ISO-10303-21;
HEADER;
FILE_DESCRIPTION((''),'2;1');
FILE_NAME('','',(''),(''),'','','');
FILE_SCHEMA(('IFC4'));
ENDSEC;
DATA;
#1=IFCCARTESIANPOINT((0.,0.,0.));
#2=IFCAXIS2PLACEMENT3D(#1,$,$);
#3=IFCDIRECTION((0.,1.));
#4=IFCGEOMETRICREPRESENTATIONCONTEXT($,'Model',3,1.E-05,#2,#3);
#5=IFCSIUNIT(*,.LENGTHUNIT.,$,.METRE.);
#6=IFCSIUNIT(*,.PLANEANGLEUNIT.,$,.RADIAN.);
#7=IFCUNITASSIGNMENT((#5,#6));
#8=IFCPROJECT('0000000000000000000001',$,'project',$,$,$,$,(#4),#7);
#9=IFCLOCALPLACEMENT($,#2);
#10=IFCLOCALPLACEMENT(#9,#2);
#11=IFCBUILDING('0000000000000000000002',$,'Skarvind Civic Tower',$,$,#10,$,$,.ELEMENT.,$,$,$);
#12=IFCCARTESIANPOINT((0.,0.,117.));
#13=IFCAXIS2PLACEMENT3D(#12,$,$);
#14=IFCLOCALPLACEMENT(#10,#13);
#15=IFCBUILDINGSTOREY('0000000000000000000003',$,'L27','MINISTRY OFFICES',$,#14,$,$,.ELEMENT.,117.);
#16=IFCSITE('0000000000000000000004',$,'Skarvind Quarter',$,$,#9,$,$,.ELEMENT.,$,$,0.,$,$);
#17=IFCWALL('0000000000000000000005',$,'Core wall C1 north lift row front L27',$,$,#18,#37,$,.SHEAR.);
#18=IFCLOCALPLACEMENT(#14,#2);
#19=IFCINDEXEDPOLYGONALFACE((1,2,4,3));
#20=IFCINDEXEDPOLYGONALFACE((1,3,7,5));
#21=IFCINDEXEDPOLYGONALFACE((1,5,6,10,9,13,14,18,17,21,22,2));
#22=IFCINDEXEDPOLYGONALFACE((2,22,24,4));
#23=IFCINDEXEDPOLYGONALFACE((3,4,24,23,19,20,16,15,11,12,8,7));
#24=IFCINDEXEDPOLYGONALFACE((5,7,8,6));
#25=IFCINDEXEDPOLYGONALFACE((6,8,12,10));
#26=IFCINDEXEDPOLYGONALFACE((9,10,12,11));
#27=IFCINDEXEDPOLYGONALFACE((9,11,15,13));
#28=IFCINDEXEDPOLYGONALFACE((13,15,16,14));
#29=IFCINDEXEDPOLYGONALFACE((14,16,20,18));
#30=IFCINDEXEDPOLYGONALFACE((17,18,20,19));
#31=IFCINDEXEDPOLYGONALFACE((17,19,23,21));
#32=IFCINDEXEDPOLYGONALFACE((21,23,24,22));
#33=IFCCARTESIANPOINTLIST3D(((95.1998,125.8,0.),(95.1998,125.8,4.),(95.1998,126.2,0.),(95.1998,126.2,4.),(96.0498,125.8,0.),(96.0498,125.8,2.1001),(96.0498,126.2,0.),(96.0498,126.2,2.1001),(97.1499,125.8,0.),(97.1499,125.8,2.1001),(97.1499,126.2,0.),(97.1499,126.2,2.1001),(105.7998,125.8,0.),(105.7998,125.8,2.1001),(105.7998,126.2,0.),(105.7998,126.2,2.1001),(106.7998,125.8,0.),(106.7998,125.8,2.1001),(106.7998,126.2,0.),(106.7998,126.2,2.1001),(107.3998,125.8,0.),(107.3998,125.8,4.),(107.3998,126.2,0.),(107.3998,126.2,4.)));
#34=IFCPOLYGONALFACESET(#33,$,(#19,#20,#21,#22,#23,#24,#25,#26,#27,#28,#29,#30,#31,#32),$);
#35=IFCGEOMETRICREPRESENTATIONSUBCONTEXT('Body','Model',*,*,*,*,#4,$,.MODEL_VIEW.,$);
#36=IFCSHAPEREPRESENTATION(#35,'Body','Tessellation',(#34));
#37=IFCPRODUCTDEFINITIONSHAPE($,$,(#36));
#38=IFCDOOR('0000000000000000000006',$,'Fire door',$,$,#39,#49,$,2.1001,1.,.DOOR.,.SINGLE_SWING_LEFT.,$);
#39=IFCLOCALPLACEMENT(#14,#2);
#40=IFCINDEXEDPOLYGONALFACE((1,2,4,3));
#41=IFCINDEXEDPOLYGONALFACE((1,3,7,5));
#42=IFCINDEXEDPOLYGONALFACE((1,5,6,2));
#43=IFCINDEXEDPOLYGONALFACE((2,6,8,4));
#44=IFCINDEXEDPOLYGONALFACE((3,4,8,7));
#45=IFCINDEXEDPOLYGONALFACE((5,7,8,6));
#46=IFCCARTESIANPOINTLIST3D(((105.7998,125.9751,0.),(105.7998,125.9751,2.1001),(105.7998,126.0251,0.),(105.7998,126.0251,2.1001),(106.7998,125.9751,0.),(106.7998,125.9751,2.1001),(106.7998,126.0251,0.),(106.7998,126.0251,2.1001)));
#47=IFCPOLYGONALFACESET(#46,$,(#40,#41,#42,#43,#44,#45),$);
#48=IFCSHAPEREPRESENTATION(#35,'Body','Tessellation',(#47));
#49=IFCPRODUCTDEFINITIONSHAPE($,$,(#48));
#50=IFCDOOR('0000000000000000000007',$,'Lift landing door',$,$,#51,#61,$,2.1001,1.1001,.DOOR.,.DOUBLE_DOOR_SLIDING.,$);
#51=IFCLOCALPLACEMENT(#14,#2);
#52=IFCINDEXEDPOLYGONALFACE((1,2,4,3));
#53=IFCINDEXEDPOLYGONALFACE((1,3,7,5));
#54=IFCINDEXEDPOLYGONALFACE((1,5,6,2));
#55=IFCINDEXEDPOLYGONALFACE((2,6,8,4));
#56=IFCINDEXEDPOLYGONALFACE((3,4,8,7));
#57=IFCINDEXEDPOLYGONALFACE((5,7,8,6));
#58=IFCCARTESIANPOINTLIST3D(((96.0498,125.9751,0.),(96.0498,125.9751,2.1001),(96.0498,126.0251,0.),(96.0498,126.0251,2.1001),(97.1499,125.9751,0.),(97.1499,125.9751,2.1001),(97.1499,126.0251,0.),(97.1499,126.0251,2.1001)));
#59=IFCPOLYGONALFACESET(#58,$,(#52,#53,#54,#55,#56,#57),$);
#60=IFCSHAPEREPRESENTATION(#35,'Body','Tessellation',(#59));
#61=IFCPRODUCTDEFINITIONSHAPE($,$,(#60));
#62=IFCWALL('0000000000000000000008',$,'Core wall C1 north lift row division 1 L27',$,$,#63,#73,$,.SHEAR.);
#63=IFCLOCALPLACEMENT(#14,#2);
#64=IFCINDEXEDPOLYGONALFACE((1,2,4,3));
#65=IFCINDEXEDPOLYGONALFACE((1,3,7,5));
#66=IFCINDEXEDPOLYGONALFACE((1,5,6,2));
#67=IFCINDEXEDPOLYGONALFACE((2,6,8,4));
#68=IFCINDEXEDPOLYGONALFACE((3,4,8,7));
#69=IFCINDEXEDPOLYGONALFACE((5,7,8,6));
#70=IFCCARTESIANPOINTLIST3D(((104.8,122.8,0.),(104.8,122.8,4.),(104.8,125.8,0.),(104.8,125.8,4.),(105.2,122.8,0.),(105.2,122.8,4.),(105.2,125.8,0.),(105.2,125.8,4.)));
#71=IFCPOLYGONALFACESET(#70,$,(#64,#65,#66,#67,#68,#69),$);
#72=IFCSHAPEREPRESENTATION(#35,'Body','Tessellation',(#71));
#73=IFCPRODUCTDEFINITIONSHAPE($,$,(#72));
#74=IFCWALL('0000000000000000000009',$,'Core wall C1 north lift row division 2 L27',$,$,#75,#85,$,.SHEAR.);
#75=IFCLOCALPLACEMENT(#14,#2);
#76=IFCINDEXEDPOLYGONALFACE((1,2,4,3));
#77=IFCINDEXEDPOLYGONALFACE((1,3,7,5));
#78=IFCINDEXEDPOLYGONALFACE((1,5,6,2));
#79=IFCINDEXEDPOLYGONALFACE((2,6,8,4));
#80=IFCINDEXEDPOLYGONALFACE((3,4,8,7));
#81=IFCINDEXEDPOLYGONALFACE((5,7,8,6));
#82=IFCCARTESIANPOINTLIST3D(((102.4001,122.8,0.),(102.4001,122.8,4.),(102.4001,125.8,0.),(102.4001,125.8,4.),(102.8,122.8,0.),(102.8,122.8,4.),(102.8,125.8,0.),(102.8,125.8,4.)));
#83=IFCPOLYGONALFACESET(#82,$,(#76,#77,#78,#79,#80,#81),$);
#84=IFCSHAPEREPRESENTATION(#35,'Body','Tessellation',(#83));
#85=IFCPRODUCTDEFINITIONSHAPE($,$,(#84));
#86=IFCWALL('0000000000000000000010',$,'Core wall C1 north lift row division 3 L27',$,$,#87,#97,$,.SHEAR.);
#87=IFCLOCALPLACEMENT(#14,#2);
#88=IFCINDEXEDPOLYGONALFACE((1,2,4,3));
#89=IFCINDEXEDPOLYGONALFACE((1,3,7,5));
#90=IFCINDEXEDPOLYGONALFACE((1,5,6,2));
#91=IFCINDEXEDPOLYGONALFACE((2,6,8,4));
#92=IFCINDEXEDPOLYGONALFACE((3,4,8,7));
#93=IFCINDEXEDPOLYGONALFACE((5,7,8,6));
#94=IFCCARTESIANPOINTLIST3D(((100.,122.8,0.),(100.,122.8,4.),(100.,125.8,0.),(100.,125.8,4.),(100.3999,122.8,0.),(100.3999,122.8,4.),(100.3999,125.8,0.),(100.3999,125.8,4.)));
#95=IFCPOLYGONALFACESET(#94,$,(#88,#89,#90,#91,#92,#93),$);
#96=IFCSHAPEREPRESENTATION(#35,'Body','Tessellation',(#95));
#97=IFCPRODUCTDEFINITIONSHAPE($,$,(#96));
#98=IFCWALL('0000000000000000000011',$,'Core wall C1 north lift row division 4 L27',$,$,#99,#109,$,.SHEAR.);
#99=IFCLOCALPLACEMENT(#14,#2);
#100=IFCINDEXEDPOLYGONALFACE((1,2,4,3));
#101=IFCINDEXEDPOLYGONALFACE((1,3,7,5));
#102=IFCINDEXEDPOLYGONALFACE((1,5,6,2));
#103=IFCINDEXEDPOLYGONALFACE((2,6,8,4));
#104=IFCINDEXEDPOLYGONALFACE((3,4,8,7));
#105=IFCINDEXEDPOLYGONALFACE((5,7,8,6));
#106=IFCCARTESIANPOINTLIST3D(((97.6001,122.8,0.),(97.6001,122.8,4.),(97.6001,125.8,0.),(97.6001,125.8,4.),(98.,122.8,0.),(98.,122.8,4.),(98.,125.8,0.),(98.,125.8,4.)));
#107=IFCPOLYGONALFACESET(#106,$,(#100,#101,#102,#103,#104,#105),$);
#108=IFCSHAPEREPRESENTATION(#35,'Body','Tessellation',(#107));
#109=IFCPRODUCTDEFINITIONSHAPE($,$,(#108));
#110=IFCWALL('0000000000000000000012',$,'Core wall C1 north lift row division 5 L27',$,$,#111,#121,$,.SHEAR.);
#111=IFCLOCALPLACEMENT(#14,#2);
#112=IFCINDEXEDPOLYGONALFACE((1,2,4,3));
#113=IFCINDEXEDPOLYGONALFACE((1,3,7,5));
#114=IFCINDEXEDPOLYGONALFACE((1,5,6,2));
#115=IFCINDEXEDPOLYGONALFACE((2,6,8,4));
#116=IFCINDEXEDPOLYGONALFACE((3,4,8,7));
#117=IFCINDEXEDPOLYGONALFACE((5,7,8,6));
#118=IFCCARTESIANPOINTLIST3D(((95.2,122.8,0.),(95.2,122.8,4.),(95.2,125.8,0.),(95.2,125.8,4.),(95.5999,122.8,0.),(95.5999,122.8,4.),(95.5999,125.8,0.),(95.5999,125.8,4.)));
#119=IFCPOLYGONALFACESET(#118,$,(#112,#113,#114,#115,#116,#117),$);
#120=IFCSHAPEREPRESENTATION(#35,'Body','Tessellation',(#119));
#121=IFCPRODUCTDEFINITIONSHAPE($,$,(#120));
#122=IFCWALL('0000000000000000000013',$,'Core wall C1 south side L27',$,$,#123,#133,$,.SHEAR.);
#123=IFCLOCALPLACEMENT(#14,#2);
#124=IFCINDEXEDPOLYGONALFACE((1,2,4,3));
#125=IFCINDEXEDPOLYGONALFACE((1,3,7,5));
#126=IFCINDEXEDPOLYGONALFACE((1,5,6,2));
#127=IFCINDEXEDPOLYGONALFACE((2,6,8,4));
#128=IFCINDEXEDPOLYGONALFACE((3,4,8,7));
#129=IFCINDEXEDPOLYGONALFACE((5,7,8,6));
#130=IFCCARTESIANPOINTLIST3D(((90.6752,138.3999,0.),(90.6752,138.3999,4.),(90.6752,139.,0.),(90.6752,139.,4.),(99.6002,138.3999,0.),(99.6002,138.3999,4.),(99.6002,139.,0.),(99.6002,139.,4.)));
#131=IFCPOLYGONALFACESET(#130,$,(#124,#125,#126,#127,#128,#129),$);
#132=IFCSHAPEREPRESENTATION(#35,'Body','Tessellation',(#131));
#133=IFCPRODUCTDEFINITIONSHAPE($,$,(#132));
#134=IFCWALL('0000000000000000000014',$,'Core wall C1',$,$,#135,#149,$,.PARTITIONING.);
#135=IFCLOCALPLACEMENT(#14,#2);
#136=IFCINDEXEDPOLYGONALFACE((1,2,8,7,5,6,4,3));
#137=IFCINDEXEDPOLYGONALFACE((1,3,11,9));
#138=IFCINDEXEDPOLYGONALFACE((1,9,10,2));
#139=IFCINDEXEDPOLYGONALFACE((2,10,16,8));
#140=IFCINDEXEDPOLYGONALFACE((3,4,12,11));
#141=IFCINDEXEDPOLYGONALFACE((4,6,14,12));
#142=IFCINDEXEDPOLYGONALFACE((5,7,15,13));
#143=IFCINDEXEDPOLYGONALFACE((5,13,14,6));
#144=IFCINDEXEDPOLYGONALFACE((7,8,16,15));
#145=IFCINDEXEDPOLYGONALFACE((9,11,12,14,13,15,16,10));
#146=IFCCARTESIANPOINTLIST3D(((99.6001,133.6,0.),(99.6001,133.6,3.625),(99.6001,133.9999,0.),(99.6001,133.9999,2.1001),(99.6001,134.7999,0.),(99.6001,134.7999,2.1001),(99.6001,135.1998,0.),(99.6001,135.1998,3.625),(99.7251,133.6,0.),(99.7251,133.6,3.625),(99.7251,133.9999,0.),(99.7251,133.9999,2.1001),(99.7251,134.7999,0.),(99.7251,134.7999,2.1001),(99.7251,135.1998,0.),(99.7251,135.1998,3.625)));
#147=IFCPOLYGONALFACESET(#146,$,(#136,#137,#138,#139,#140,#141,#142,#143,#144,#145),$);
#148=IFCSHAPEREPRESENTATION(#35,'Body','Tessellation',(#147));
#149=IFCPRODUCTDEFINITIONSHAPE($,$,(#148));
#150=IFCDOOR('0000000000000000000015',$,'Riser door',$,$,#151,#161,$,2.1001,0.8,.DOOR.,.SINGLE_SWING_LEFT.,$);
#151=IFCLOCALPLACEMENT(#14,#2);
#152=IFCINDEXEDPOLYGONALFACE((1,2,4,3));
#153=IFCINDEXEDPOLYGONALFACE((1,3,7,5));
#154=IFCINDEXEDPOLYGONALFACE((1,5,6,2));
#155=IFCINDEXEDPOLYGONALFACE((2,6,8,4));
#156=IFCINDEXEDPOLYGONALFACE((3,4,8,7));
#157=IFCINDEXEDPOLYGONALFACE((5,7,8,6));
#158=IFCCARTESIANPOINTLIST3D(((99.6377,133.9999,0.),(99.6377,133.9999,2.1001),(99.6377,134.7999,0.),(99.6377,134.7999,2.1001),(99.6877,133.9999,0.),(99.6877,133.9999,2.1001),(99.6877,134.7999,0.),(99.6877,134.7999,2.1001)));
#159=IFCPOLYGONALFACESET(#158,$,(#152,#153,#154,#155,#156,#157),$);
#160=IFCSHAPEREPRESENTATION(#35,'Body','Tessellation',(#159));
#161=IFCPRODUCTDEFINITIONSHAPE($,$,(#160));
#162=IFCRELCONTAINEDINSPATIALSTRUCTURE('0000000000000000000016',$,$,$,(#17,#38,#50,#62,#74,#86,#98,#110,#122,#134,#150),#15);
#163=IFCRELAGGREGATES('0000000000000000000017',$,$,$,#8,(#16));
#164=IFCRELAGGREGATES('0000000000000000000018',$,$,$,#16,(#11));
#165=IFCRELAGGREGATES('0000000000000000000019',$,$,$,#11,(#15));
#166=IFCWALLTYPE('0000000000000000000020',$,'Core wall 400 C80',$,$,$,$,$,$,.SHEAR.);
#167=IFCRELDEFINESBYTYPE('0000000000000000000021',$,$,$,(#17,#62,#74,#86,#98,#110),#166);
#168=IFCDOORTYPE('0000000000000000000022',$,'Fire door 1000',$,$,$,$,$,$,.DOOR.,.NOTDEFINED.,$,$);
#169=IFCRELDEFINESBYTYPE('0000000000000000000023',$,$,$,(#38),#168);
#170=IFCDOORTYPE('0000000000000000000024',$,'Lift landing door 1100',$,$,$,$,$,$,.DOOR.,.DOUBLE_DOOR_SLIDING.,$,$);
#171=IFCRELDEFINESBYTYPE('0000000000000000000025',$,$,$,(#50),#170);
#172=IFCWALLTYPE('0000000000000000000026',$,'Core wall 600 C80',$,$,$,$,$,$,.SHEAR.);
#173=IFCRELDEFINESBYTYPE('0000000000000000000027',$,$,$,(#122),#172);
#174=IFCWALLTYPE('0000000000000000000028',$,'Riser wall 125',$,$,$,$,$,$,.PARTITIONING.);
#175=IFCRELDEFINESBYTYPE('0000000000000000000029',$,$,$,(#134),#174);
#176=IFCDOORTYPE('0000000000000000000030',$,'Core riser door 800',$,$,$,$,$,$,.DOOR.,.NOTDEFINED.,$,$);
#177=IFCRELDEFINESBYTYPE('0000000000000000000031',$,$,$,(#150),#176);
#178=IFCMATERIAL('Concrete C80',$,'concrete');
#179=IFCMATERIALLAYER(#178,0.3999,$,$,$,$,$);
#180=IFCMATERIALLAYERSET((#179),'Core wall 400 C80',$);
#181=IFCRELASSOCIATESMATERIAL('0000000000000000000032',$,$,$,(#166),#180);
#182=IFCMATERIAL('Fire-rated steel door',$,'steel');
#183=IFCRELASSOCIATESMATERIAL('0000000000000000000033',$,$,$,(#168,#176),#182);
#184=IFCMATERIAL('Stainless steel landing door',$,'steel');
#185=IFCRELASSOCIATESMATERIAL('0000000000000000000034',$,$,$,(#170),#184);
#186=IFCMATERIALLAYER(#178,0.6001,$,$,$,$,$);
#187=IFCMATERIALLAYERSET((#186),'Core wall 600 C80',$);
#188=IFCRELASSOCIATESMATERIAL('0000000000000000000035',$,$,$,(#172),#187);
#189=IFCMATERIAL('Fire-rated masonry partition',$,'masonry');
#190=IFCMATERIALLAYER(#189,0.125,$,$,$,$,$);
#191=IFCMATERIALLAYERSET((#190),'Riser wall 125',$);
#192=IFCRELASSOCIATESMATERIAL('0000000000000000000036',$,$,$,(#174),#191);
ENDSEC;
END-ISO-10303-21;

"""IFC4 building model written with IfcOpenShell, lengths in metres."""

from ifc_helpers import new_model, si_unit, direction, frame, frame_2d, origin, place, context, subcontext, project, spatial, rectangle, extrude, material, layer, layer_set, type_object, element, fill, save


model = new_model("IFC4")

# Units and contexts
model_context = context("Model", 3, precision=1e-05, world=origin(), true_north=direction((0.0, 1.0)))
body_context = subcontext(model_context, "Body", "Model", "MODEL_VIEW")
ifc_project = project(units=[si_unit("LENGTHUNIT", "METRE"), si_unit("PLANEANGLEUNIT", "RADIAN")], contexts=[model_context])

# Site, building, storey
site_placement = place(None, origin())
site = spatial("IfcSite", under=ifc_project, at=site_placement, Name="Skarvind Quarter", CompositionType="ELEMENT", RefElevation=0.0)
building_placement = place(site_placement, origin())
building = spatial("IfcBuilding", under=site, at=building_placement, Name="Skarvind Civic Tower", CompositionType="ELEMENT")
storey_placement = place(building_placement, frame((0.0, 0.0, 117.0)))
storey = spatial("IfcBuildingStorey", under=building, at=storey_placement, Name="L27", Description="MINISTRY OFFICES", CompositionType="ELEMENT", Elevation=117.0)

# Shared definitions
ifc_material_1 = material(Name="Fire-rated masonry partition", Category="masonry")
ifc_material_2 = material(Name="Fire-rated steel door", Category="steel")
ifc_material_3 = material(Name="Concrete C80", Category="concrete")
ifc_layer_1 = layer(ifc_material_3, 0.3999)
ifc_layer_set_1 = layer_set([ifc_layer_1], Name="Core wall 400 C80")
wall_type_1 = type_object("IfcWallType", Name="Core wall 400 C80", PredefinedType="SHEAR", material=ifc_layer_set_1)
door_type_1 = type_object("IfcDoorType", Name="Fire door 1000", OperationType="NOTDEFINED", PredefinedType="DOOR", material=ifc_material_2)

# Shared definitions
ifc_material_4 = material(Name="Stainless steel landing door", Category="steel")
door_type_2 = type_object("IfcDoorType", Name="Lift landing door 1100", OperationType="DOUBLE_DOOR_SLIDING", PredefinedType="DOOR", material=ifc_material_4)

# Wall, openings, doors
wall_1_placement = place(storey_placement, frame((107.3999, 126.0, 0.0), z_axis=(0.0, 0.0, 1.0), x_axis=(-1.0, 0.0, 0.0)))
wall_1 = element("IfcWall", 1, at=wall_1_placement, inside=storey, type_object=wall_type_1, Name="Core wall C1 north lift row front L27", PredefinedType="SHEAR", context=body_context, shape_type="SweptSolid", body=[
    extrude(rectangle(XDim=12.2, YDim=0.3999, at=frame_2d((6.1001, 0.0))), origin(), (0.0, 0.0, 1.0), 4.0),
])
opening_1_placement = place(wall_1_placement, frame((10.25, 0.0, 0.0)))
opening_1 = element("IfcOpeningElement", 2, at=opening_1_placement, cuts=wall_1, PredefinedType="OPENING", context=body_context, shape_type="SweptSolid", body=[
    extrude(rectangle(XDim=1.1001, YDim=2.1001, at=frame_2d((0.55, 1.05))), frame((0.0, 0.21, 0.0), z_axis=(0.0, -1.0, 0.0), x_axis=(1.0, 0.0, 0.0)), (0.0, 0.0, 1.0), 0.4199),
])
opening_2_placement = place(wall_1_placement, frame((0.6001, 0.0, 0.0)))
opening_2 = element("IfcOpeningElement", 3, at=opening_2_placement, cuts=wall_1, PredefinedType="OPENING", context=body_context, shape_type="SweptSolid", body=[
    extrude(rectangle(XDim=1.0, YDim=2.1001, at=frame_2d((0.5, 1.05))), frame((0.0, 0.21, 0.0), z_axis=(0.0, -1.0, 0.0), x_axis=(1.0, 0.0, 0.0)), (0.0, 0.0, 1.0), 0.4199),
])
door_1_placement = place(opening_2_placement, origin())
door_1 = element("IfcDoor", 4, at=door_1_placement, inside=storey, type_object=door_type_1, Name="Fire door", OperationType="SINGLE_SWING_LEFT", OverallHeight=2.1001, OverallWidth=1.0, PredefinedType="DOOR", context=body_context, shape_type="SweptSolid", body=[
    extrude(rectangle(XDim=1.0, YDim=2.1001, at=frame_2d((0.5, 1.05))), frame((0.0, 0.0249, 0.0), z_axis=(0.0, -1.0, 0.0), x_axis=(1.0, 0.0, 0.0)), (0.0, 0.0, 1.0), 0.05),
])
fill(opening_2, door_1)
door_2_placement = place(opening_1_placement, origin())
door_2 = element("IfcDoor", 5, at=door_2_placement, inside=storey, type_object=door_type_2, Name="Lift landing door", OperationType="DOUBLE_DOOR_SLIDING", OverallHeight=2.1001, OverallWidth=1.1001, PredefinedType="DOOR", context=body_context, shape_type="SweptSolid", body=[
    extrude(rectangle(XDim=1.1001, YDim=2.1001, at=frame_2d((0.55, 1.05))), frame((0.0, 0.0249, 0.0), z_axis=(0.0, -1.0, 0.0), x_axis=(1.0, 0.0, 0.0)), (0.0, 0.0, 1.0), 0.05),
])
fill(opening_1, door_2)

# Walls
for number, where, z_axis, x_axis, name in (
    (6, (105.0, 125.8, 0.0), (0.0, 0.0, 1.0), (0.0, -1.0, 0.0), "Core wall C1 north lift row division 1 L27"),
    (7, (102.6001, 125.8, 0.0), (0.0, 0.0, 1.0), (0.0, -1.0, 0.0), "Core wall C1 north lift row division 2 L27"),
    (8, (100.2, 125.8, 0.0), (0.0, 0.0, 1.0), (0.0, -1.0, 0.0), "Core wall C1 north lift row division 3 L27"),
    (9, (97.8, 125.8, 0.0), (0.0, 0.0, 1.0), (0.0, -1.0, 0.0), "Core wall C1 north lift row division 4 L27"),
    (10, (95.3999, 125.8, 0.0), (0.0, 0.0, 1.0), (0.0, -1.0, 0.0), "Core wall C1 north lift row division 5 L27"),
):
    element("IfcWall", number, at=place(storey_placement, frame(where, z_axis=z_axis, x_axis=x_axis)), inside=storey, type_object=wall_type_1, Name=name, PredefinedType="SHEAR", context=body_context, shape_type="SweptSolid", body=[
        extrude(rectangle(XDim=3.0, YDim=0.3999, at=frame_2d((1.5, 0.0))), origin(), (0.0, 0.0, 1.0), 4.0),
    ])
ifc_layer_2 = layer(ifc_material_3, 0.6001)
ifc_layer_set_2 = layer_set([ifc_layer_2], Name="Core wall 600 C80")
wall_type_2 = type_object("IfcWallType", Name="Core wall 600 C80", PredefinedType="SHEAR", material=ifc_layer_set_2)
wall_2_placement = place(storey_placement, frame((99.6001, 138.7, 0.0), z_axis=(0.0, 0.0, 1.0), x_axis=(-1.0, 0.0, 0.0)))
element("IfcWall", 11, at=wall_2_placement, inside=storey, type_object=wall_type_2, Name="Core wall C1 south side L27", PredefinedType="SHEAR", context=body_context, shape_type="SweptSolid", body=[
    extrude(rectangle(XDim=8.925, YDim=0.6001, at=frame_2d((4.4624, 0.0))), origin(), (0.0, 0.0, 1.0), 4.0),
])

# Wall, opening, door
ifc_layer_3 = layer(ifc_material_1, 0.125)
ifc_layer_set_3 = layer_set([ifc_layer_3], Name="Riser wall 125")
wall_type_3 = type_object("IfcWallType", Name="Riser wall 125", PredefinedType="PARTITIONING", material=ifc_layer_set_3)
wall_3_placement = place(storey_placement, frame((99.6626, 133.6001, 0.0), z_axis=(0.0, 0.0, 1.0), x_axis=(0.0, 1.0, 0.0)))
wall_3 = element("IfcWall", 12, at=wall_3_placement, inside=storey, type_object=wall_type_3, Name="Core wall C1", PredefinedType="PARTITIONING", context=body_context, shape_type="SweptSolid", body=[
    extrude(rectangle(XDim=1.5999, YDim=0.125, at=frame_2d((0.7998, 0.0))), origin(), (0.0, 0.0, 1.0), 3.625),
])
opening_3_placement = place(wall_3_placement, frame((0.3999, 0.0, 0.0)))
opening_3 = element("IfcOpeningElement", 13, at=opening_3_placement, cuts=wall_3, PredefinedType="OPENING", context=body_context, shape_type="SweptSolid", body=[
    extrude(rectangle(XDim=0.8, YDim=2.1001, at=frame_2d((0.3999, 1.05))), frame((0.0, 0.0725, 0.0), z_axis=(0.0, -1.0, 0.0), x_axis=(1.0, 0.0, 0.0)), (0.0, 0.0, 1.0), 0.145),
])
door_type_3 = type_object("IfcDoorType", Name="Core riser door 800", OperationType="NOTDEFINED", PredefinedType="DOOR", material=ifc_material_2)
door_3_placement = place(opening_3_placement, origin())
door_3 = element("IfcDoor", 14, at=door_3_placement, inside=storey, type_object=door_type_3, Name="Riser door", OperationType="SINGLE_SWING_LEFT", OverallHeight=2.1001, OverallWidth=0.8, PredefinedType="DOOR", context=body_context, shape_type="SweptSolid", body=[
    extrude(rectangle(XDim=0.8, YDim=2.1001, at=frame_2d((0.3999, 1.05))), frame((0.0, 0.0249, 0.0), z_axis=(0.0, -1.0, 0.0), x_axis=(1.0, 0.0, 0.0)), (0.0, 0.0, 1.0), 0.05),
])
fill(opening_3, door_3)

save(model, "model.ifc")
